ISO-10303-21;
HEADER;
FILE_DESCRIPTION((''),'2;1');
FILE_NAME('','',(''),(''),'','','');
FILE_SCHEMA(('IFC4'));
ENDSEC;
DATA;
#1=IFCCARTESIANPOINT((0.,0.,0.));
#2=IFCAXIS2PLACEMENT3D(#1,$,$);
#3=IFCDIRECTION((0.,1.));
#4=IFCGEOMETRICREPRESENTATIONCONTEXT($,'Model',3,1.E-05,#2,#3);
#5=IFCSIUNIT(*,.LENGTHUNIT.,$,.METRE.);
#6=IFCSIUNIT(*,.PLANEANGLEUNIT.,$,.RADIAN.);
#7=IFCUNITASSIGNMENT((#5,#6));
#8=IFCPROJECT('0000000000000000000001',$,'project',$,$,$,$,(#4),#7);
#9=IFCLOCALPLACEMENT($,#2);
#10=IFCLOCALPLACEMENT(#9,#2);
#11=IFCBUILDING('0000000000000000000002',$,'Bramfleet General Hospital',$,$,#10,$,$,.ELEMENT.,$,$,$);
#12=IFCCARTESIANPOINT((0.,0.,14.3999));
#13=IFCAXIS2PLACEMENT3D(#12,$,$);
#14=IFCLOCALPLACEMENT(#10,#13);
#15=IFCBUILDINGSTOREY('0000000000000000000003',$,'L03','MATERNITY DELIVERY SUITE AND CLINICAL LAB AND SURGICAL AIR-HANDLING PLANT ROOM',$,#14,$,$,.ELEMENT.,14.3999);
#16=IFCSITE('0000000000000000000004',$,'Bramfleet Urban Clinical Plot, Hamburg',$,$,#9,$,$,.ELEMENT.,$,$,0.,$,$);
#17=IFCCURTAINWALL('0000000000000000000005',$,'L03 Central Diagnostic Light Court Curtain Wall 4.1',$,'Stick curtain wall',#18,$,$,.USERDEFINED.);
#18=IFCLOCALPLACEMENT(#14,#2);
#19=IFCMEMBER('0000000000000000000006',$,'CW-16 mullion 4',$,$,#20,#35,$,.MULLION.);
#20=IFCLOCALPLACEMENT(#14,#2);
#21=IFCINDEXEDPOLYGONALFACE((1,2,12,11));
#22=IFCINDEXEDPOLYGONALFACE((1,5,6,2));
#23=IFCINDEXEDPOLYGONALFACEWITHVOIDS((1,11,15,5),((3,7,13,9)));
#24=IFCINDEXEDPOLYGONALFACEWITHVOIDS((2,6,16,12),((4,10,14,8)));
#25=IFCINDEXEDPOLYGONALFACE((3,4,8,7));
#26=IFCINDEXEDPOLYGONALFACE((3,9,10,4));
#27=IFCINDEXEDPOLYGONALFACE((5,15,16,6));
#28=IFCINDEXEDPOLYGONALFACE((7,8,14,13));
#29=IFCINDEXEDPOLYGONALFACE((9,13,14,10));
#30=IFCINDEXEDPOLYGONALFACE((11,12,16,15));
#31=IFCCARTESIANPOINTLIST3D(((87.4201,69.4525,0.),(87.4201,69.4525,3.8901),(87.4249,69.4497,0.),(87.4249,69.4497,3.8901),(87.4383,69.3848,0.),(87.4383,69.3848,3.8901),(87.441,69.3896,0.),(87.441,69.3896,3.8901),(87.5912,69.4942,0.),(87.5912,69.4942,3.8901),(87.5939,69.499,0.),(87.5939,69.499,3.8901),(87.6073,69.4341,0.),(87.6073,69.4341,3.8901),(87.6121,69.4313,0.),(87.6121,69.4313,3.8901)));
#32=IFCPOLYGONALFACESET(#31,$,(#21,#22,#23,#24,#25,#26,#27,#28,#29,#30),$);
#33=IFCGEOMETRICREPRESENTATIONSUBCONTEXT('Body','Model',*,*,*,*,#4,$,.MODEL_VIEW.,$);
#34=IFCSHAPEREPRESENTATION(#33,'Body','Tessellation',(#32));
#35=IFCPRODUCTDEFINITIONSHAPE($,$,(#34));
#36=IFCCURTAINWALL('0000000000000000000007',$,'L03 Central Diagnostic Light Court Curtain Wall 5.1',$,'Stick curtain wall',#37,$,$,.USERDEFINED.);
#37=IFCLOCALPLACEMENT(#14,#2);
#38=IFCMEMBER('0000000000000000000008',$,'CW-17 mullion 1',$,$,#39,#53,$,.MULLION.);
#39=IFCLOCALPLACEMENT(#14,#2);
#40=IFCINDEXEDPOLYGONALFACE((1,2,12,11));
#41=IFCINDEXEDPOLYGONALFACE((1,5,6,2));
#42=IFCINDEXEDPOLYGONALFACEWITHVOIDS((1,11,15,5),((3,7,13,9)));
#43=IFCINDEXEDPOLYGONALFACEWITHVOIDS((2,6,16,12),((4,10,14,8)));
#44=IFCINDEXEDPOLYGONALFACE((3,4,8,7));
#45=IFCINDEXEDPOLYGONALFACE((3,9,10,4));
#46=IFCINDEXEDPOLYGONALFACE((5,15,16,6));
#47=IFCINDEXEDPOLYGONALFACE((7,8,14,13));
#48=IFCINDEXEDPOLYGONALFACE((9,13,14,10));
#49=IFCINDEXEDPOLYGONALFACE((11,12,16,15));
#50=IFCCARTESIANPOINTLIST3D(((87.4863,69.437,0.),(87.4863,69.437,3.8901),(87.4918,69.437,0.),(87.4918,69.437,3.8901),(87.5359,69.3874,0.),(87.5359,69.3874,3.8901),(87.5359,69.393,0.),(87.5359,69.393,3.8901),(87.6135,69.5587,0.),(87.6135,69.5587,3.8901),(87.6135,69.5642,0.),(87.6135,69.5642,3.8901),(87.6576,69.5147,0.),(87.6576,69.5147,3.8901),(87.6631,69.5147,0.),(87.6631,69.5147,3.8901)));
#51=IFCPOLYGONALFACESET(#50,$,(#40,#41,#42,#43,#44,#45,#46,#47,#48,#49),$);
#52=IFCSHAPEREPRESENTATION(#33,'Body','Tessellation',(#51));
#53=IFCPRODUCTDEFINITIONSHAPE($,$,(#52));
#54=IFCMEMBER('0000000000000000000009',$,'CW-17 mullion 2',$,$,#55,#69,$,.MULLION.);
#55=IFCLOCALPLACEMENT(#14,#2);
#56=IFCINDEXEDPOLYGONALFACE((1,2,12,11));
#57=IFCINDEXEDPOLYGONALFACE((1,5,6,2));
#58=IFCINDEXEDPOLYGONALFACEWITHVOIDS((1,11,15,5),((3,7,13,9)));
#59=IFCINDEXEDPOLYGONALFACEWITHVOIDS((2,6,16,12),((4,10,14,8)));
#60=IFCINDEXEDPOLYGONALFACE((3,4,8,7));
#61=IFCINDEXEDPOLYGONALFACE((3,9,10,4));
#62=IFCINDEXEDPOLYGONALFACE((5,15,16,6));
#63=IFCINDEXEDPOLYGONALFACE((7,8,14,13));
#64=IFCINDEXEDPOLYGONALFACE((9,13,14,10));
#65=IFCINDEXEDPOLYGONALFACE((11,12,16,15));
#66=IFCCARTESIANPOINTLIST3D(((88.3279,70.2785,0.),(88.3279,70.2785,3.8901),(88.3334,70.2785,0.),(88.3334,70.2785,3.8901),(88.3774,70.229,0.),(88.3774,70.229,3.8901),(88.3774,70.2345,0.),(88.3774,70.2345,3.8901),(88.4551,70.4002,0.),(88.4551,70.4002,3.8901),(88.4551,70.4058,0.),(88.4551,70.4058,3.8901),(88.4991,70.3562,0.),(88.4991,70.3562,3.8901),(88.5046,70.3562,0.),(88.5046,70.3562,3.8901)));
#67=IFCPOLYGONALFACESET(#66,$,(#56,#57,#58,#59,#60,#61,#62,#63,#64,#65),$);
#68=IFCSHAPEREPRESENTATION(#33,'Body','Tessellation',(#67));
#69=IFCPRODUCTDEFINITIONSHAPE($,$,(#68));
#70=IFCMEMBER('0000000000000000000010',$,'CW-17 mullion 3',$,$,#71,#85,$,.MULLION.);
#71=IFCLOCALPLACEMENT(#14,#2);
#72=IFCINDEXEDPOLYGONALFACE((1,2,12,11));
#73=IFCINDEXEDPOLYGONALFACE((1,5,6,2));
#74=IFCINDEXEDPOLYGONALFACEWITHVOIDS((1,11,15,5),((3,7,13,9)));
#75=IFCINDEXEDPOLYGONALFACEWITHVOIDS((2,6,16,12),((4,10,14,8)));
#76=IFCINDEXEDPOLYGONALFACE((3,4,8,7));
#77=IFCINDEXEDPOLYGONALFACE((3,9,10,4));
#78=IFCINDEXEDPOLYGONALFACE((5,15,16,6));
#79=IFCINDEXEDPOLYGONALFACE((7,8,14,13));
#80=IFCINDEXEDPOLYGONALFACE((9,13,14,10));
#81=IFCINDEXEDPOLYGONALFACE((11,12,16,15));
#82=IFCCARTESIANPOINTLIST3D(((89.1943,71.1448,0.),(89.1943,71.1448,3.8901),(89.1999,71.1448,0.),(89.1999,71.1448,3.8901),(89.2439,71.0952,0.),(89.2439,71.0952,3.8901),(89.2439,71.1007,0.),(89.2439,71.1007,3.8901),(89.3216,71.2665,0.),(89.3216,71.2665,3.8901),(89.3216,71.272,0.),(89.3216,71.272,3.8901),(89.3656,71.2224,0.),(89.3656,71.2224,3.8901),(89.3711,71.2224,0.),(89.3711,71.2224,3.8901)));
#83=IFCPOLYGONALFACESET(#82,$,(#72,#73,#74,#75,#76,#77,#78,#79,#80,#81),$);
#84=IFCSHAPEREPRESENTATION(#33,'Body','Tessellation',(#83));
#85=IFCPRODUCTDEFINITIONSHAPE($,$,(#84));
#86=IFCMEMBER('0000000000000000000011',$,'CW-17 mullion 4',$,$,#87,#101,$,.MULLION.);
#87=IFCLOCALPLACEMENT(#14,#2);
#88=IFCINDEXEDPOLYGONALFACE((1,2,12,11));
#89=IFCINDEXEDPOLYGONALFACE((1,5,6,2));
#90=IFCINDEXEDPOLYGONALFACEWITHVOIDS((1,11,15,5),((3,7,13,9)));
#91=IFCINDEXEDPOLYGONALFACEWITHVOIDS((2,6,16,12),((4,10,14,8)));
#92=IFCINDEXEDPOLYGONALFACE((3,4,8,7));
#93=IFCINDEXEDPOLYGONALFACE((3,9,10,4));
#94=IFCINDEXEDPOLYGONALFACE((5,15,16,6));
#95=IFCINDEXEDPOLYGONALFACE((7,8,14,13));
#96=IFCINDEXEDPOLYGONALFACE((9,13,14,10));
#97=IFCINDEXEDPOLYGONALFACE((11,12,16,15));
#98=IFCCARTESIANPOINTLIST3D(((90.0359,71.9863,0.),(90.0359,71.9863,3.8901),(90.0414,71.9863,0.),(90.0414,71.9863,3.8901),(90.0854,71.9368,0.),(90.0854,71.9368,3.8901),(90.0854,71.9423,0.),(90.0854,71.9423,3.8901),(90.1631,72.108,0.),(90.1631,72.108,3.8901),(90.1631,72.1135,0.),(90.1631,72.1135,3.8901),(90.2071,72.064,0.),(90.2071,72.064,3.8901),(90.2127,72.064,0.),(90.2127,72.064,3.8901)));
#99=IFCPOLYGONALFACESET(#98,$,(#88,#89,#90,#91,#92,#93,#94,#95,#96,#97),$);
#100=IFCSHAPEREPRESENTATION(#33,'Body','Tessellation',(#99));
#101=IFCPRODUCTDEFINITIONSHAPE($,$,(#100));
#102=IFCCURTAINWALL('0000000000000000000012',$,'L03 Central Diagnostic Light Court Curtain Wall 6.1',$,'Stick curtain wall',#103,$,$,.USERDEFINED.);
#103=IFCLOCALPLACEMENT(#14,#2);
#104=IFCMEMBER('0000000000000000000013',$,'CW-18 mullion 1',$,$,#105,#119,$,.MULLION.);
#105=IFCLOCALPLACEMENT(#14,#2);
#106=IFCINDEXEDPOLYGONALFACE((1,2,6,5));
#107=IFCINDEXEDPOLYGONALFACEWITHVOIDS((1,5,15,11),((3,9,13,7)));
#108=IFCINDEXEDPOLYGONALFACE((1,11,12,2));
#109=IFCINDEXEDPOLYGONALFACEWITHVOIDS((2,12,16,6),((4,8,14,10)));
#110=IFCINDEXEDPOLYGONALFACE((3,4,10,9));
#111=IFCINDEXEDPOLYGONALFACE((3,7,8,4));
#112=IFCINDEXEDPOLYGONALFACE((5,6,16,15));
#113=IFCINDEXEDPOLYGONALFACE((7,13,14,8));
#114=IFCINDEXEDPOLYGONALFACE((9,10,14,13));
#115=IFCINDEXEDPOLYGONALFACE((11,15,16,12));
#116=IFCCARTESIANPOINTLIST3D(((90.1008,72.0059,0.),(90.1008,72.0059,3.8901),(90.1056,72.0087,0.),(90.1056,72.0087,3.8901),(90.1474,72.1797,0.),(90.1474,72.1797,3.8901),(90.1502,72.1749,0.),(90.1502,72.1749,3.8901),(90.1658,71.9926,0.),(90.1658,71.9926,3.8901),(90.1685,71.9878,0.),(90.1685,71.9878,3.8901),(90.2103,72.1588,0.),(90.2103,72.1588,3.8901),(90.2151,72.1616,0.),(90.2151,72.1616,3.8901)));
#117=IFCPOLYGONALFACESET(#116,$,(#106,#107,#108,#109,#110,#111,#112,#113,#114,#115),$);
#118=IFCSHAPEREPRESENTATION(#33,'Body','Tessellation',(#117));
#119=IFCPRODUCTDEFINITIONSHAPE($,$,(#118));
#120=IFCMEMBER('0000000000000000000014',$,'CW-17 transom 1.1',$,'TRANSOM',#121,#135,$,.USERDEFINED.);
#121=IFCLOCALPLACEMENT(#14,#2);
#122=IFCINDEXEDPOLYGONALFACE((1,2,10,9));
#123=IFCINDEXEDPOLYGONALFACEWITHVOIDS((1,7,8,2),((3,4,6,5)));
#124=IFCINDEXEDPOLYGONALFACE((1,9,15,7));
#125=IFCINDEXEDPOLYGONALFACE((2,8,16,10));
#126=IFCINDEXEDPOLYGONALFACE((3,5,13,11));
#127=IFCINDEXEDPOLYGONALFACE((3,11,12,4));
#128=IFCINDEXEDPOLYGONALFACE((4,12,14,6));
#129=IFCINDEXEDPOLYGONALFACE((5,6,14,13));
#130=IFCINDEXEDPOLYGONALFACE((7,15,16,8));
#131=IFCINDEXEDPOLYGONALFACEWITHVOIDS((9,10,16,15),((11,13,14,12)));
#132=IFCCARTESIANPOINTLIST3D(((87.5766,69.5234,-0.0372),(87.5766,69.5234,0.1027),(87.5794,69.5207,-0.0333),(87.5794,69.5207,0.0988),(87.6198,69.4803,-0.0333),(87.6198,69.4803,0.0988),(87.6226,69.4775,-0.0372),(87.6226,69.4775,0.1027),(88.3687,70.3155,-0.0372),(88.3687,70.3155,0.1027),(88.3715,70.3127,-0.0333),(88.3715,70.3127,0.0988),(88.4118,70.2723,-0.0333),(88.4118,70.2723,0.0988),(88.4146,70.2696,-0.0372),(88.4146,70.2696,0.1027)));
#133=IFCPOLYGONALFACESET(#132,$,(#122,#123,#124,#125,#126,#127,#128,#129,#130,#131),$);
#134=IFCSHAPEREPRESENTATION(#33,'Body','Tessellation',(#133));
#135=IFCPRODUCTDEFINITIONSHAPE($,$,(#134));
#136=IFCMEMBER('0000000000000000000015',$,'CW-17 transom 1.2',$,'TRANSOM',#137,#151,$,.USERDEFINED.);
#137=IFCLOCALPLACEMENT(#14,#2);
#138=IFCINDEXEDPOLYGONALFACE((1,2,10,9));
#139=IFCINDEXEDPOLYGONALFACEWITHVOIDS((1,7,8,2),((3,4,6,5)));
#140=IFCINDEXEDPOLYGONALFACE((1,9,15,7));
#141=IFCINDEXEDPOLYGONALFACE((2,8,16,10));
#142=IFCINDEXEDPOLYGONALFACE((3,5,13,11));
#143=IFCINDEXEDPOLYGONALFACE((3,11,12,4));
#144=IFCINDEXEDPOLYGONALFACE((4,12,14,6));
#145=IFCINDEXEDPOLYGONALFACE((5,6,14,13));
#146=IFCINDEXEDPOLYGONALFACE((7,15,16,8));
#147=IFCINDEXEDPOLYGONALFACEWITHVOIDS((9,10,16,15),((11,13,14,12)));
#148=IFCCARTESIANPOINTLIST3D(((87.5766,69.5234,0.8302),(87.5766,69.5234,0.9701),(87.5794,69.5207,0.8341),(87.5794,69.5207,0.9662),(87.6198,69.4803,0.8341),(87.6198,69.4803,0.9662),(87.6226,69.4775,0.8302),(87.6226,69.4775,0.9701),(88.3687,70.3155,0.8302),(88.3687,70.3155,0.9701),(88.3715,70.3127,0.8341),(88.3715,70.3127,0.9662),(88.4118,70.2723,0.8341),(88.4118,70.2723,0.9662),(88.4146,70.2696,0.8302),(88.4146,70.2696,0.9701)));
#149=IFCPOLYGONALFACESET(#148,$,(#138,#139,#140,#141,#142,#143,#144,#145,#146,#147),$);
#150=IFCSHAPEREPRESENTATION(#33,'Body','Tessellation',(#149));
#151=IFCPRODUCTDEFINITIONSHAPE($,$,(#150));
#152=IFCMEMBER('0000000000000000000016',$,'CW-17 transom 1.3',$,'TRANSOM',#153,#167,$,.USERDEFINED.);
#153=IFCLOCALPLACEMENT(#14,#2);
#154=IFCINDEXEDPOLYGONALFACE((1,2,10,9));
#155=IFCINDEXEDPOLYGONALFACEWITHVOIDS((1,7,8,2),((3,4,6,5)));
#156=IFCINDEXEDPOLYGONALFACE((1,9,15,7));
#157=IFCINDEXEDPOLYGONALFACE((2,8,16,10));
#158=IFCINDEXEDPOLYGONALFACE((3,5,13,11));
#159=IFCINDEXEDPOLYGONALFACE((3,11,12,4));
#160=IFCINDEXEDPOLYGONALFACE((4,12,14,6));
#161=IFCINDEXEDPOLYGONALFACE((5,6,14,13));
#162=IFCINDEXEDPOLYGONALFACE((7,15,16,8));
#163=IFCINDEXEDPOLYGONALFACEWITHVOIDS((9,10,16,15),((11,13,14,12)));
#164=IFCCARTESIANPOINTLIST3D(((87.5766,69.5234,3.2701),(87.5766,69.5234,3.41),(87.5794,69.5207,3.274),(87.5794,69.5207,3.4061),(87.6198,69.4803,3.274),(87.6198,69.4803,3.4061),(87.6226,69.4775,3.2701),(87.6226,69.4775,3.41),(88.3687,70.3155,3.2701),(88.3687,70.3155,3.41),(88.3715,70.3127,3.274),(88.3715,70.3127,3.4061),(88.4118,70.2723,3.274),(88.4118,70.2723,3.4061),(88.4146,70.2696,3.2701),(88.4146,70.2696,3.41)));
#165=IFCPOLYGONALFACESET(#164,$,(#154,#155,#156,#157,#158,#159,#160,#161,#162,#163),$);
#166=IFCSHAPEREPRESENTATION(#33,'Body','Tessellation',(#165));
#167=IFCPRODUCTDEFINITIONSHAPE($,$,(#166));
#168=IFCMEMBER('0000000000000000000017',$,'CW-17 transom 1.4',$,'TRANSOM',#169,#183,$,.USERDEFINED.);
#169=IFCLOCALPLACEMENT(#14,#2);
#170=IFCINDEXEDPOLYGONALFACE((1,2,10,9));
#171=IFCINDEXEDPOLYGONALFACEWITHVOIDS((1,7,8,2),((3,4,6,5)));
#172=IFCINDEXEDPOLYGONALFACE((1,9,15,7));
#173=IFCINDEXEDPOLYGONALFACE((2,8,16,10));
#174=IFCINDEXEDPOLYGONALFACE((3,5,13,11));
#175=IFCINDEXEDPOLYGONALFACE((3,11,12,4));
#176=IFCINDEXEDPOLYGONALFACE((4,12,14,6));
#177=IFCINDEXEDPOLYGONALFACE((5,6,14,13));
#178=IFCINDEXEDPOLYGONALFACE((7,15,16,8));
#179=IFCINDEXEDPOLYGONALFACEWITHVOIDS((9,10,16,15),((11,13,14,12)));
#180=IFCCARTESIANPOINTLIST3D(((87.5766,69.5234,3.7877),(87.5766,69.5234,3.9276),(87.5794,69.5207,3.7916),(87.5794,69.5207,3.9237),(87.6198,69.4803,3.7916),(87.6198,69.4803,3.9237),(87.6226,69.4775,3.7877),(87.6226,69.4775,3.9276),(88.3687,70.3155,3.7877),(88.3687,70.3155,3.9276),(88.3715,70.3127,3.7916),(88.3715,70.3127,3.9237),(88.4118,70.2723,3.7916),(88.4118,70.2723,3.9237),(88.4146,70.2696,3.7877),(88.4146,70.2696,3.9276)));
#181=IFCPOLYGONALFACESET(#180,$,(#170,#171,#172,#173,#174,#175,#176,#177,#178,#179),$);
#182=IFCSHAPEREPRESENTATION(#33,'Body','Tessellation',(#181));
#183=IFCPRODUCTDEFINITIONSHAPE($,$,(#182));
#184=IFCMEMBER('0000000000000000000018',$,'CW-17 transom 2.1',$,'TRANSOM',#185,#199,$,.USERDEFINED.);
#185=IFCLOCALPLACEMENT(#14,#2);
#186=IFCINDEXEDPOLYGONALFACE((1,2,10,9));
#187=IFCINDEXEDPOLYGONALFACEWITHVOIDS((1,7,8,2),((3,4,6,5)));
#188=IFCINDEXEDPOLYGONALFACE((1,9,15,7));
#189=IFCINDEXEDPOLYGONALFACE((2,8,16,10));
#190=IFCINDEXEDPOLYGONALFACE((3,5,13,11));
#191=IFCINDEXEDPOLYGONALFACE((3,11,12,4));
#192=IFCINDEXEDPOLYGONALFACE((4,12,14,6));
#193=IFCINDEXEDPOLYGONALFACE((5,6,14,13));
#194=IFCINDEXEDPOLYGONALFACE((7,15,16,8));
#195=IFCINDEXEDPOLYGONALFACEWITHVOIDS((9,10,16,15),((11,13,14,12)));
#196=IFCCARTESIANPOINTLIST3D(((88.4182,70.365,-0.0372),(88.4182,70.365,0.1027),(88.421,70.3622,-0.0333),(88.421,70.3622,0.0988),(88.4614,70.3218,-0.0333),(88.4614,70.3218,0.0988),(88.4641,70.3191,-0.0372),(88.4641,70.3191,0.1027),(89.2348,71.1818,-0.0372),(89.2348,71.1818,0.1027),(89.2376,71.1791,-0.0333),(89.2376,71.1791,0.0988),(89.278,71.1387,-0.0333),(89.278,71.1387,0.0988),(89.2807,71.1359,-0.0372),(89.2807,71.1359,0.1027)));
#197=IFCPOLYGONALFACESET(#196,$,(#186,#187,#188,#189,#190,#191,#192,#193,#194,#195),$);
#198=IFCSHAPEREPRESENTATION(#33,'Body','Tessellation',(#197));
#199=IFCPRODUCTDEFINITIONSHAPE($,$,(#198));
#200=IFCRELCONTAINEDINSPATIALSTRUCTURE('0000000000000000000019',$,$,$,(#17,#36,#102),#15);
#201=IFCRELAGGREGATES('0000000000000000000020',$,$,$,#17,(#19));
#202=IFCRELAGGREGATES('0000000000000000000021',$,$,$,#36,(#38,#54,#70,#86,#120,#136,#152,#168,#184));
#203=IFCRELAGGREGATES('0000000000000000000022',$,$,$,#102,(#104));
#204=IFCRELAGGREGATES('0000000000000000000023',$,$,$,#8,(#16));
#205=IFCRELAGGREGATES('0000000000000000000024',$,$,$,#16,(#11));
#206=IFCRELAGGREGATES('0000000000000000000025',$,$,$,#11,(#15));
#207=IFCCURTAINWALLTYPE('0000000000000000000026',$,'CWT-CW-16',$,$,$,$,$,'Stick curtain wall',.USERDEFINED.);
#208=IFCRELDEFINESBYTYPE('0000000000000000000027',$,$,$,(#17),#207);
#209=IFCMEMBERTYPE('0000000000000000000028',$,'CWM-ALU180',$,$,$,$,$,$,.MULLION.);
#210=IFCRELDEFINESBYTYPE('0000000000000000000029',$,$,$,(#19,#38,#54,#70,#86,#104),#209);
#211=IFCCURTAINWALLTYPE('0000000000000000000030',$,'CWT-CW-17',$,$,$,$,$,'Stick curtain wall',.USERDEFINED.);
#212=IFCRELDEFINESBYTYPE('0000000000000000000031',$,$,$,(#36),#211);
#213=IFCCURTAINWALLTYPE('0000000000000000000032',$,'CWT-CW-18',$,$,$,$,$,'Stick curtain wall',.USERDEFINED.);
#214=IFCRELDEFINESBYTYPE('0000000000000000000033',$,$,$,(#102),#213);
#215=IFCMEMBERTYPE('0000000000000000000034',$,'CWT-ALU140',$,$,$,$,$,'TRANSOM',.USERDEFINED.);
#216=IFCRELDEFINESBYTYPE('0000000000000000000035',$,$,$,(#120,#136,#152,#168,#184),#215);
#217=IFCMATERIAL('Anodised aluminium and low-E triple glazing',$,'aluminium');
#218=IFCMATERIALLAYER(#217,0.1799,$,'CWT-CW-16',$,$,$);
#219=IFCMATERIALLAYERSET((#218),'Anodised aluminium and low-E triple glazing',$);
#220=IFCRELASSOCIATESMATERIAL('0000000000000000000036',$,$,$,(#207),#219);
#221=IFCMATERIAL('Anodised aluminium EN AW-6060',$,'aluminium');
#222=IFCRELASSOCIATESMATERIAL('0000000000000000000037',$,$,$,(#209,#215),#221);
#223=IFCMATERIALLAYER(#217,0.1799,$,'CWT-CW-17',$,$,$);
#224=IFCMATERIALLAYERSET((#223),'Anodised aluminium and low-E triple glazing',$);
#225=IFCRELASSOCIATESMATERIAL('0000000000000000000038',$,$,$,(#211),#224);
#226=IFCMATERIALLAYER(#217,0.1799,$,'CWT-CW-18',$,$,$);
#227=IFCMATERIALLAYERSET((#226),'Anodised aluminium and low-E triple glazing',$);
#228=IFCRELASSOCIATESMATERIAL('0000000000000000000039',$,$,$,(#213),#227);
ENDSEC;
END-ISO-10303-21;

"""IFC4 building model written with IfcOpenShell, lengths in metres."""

from ifc_helpers import new_model, si_unit, direction, frame, origin, origin_2d, place, context, subcontext, project, spatial, hollow_rectangle, extrude, material, layer, layer_set, material_profile, profile_set, type_object, element, aggregate, save


model = new_model("IFC4")

# Units and contexts
model_context = context("Model", 3, precision=1e-05, world=origin(), true_north=direction((0.0, 1.0)))
body_context = subcontext(model_context, "Body", "Model", "MODEL_VIEW")
ifc_project = project(units=[si_unit("LENGTHUNIT", "METRE"), si_unit("PLANEANGLEUNIT", "RADIAN")], contexts=[model_context])

# Site, building, storey
site_placement = place(None, origin())
site = spatial("IfcSite", under=ifc_project, at=site_placement, Name="Bramfleet Urban Clinical Plot, Hamburg", CompositionType="ELEMENT", RefElevation=0.0)
building_placement = place(site_placement, origin())
building = spatial("IfcBuilding", under=site, at=building_placement, Name="Bramfleet General Hospital", CompositionType="ELEMENT")
storey_placement = place(building_placement, frame((0.0, 0.0, 14.3999)))
storey = spatial("IfcBuildingStorey", under=building, at=storey_placement, Name="L03", Description="MATERNITY DELIVERY SUITE AND CLINICAL LAB AND SURGICAL AIR-HANDLING PLANT ROOM", CompositionType="ELEMENT", Elevation=14.3999)

# Curtain wall, member
ifc_material_1 = material(Name="Anodised aluminium and low-E triple glazing", Category="aluminium")
ifc_layer_1 = layer(ifc_material_1, 0.1799, Name="CWT-CW-16")
ifc_layer_set_1 = layer_set([ifc_layer_1], Name="Anodised aluminium and low-E triple glazing")
curtain_wall_type_1 = type_object("IfcCurtainWallType", Name="CWT-CW-16", ElementType="Stick curtain wall", PredefinedType="USERDEFINED", material=ifc_layer_set_1)
curtain_wall_1_placement = place(storey_placement, origin())
curtain_wall_1 = element("IfcCurtainWall", 1, at=curtain_wall_1_placement, inside=storey, type_object=curtain_wall_type_1, Name="L03 Central Diagnostic Light Court Curtain Wall 4.1", ObjectType="Stick curtain wall", PredefinedType="USERDEFINED")
ifc_material_2 = material(Name="Anodised aluminium EN AW-6060", Category="aluminium")
ifc_material_profile_1 = material_profile(ifc_material_2, hollow_rectangle(XDim=0.0701, YDim=0.1799, WallThickness=0.0039, at=origin_2d()), Name="ALU 180x70x4.0")
ifc_profile_set_1 = profile_set([ifc_material_profile_1], Name="Anodised aluminium EN AW-6060")
member_type_1 = type_object("IfcMemberType", Name="CWM-ALU180", PredefinedType="MULLION", material=ifc_profile_set_1)
member_1_placement = place(storey_placement, frame((87.5161, 69.4419, 0.0), z_axis=(0.0, 0.0, 1.0), x_axis=(-0.258763, 0.965941, 0.0)))
member_1 = element("IfcMember", 2, at=member_1_placement, type_object=member_type_1, Name="CW-16 mullion 4", PredefinedType="MULLION", context=body_context, shape_type="SweptSolid", body=[
    extrude(hollow_rectangle(XDim=0.0701, YDim=0.1799, WallThickness=0.0039, at=origin_2d()), origin(), (0.0, 0.0, 1.0), 3.8901),
])
aggregate(curtain_wall_1, [member_1])

# Curtain wall, members
ifc_layer_2 = layer(ifc_material_1, 0.1799, Name="CWT-CW-17")
ifc_layer_set_2 = layer_set([ifc_layer_2], Name="Anodised aluminium and low-E triple glazing")
curtain_wall_type_2 = type_object("IfcCurtainWallType", Name="CWT-CW-17", ElementType="Stick curtain wall", PredefinedType="USERDEFINED", material=ifc_layer_set_2)
curtain_wall_2_placement = place(storey_placement, origin())
curtain_wall_2 = element("IfcCurtainWall", 3, at=curtain_wall_2_placement, inside=storey, type_object=curtain_wall_type_2, Name="L03 Central Diagnostic Light Court Curtain Wall 5.1", ObjectType="Stick curtain wall", PredefinedType="USERDEFINED")
member_2_placement = place(storey_placement, frame((87.5747, 69.4758, 0.0), z_axis=(0.0, 0.0, 1.0), x_axis=(-0.707107, 0.707107, 0.0)))
member_2 = element("IfcMember", 4, at=member_2_placement, type_object=member_type_1, Name="CW-17 mullion 1", PredefinedType="MULLION", context=body_context, shape_type="SweptSolid", body=[
    extrude(hollow_rectangle(XDim=0.0701, YDim=0.1799, WallThickness=0.0039, at=origin_2d()), origin(), (0.0, 0.0, 1.0), 3.8901),
])
member_3_placement = place(storey_placement, frame((88.4163, 70.3174, 0.0), z_axis=(0.0, 0.0, 1.0), x_axis=(-0.707107, 0.707107, 0.0)))
member_3 = element("IfcMember", 5, at=member_3_placement, type_object=member_type_1, Name="CW-17 mullion 2", PredefinedType="MULLION", context=body_context, shape_type="SweptSolid", body=[
    extrude(hollow_rectangle(XDim=0.0701, YDim=0.1799, WallThickness=0.0039, at=origin_2d()), origin(), (0.0, 0.0, 1.0), 3.8901),
])
member_4_placement = place(storey_placement, frame((89.2827, 71.1836, 0.0), z_axis=(0.0, 0.0, 1.0), x_axis=(-0.707107, 0.707107, 0.0)))
member_4 = element("IfcMember", 6, at=member_4_placement, type_object=member_type_1, Name="CW-17 mullion 3", PredefinedType="MULLION", context=body_context, shape_type="SweptSolid", body=[
    extrude(hollow_rectangle(XDim=0.0701, YDim=0.1799, WallThickness=0.0039, at=origin_2d()), origin(), (0.0, 0.0, 1.0), 3.8901),
])
member_5_placement = place(storey_placement, frame((90.1243, 72.0251, 0.0), z_axis=(0.0, 0.0, 1.0), x_axis=(-0.707107, 0.707107, 0.0)))
member_5 = element("IfcMember", 7, at=member_5_placement, type_object=member_type_1, Name="CW-17 mullion 4", PredefinedType="MULLION", context=body_context, shape_type="SweptSolid", body=[
    extrude(hollow_rectangle(XDim=0.0701, YDim=0.1799, WallThickness=0.0039, at=origin_2d()), origin(), (0.0, 0.0, 1.0), 3.8901),
])

# Curtain wall, member
ifc_layer_3 = layer(ifc_material_1, 0.1799, Name="CWT-CW-18")
ifc_layer_set_3 = layer_set([ifc_layer_3], Name="Anodised aluminium and low-E triple glazing")
curtain_wall_type_3 = type_object("IfcCurtainWallType", Name="CWT-CW-18", ElementType="Stick curtain wall", PredefinedType="USERDEFINED", material=ifc_layer_set_3)
curtain_wall_3_placement = place(storey_placement, origin())
curtain_wall_3 = element("IfcCurtainWall", 8, at=curtain_wall_3_placement, inside=storey, type_object=curtain_wall_type_3, Name="L03 Central Diagnostic Light Court Curtain Wall 6.1", ObjectType="Stick curtain wall", PredefinedType="USERDEFINED")
member_6_placement = place(storey_placement, frame((90.158, 72.0837, 0.0), z_axis=(0.0, 0.0, 1.0), x_axis=(-0.965941, 0.258763, 0.0)))
member_6 = element("IfcMember", 9, at=member_6_placement, type_object=member_type_1, Name="CW-18 mullion 1", PredefinedType="MULLION", context=body_context, shape_type="SweptSolid", body=[
    extrude(hollow_rectangle(XDim=0.0701, YDim=0.1799, WallThickness=0.0039, at=origin_2d()), origin(), (0.0, 0.0, 1.0), 3.8901),
])

# Members
ifc_material_profile_2 = material_profile(ifc_material_2, hollow_rectangle(XDim=0.0649, YDim=0.1399, WallThickness=0.0039, at=origin_2d()), Name="ALU 140x65x4.0")
ifc_profile_set_2 = profile_set([ifc_material_profile_2], Name="Anodised aluminium EN AW-6060")
member_type_2 = type_object("IfcMemberType", Name="CWT-ALU140", ElementType="TRANSOM", PredefinedType="USERDEFINED", material=ifc_profile_set_2)
member_7_placement = place(storey_placement, frame((87.5996, 69.5005, 0.0327), z_axis=(0.707107, 0.707107, 0.0), x_axis=(-0.707107, 0.707107, 0.0)))
member_7 = element("IfcMember", 10, at=member_7_placement, type_object=member_type_2, Name="CW-17 transom 1.1", ObjectType="TRANSOM", PredefinedType="USERDEFINED", context=body_context, shape_type="SweptSolid", body=[
    extrude(hollow_rectangle(XDim=0.0649, YDim=0.1399, WallThickness=0.0039, at=origin_2d()), origin(), (0.0, 0.0, 1.0), 1.1201),
])
member_8_placement = place(storey_placement, frame((87.5996, 69.5005, 0.9001), z_axis=(0.707107, 0.707107, 0.0), x_axis=(-0.707107, 0.707107, 0.0)))
member_8 = element("IfcMember", 11, at=member_8_placement, type_object=member_type_2, Name="CW-17 transom 1.2", ObjectType="TRANSOM", PredefinedType="USERDEFINED", context=body_context, shape_type="SweptSolid", body=[
    extrude(hollow_rectangle(XDim=0.0649, YDim=0.1399, WallThickness=0.0039, at=origin_2d()), origin(), (0.0, 0.0, 1.0), 1.1201),
])
member_9_placement = place(storey_placement, frame((87.5996, 69.5005, 3.3401), z_axis=(0.707107, 0.707107, 0.0), x_axis=(-0.707107, 0.707107, 0.0)))
member_9 = element("IfcMember", 12, at=member_9_placement, type_object=member_type_2, Name="CW-17 transom 1.3", ObjectType="TRANSOM", PredefinedType="USERDEFINED", context=body_context, shape_type="SweptSolid", body=[
    extrude(hollow_rectangle(XDim=0.0649, YDim=0.1399, WallThickness=0.0039, at=origin_2d()), origin(), (0.0, 0.0, 1.0), 1.1201),
])
member_10_placement = place(storey_placement, frame((87.5996, 69.5005, 3.8577), z_axis=(0.707107, 0.707107, 0.0), x_axis=(-0.707107, 0.707107, 0.0)))
member_10 = element("IfcMember", 13, at=member_10_placement, type_object=member_type_2, Name="CW-17 transom 1.4", ObjectType="TRANSOM", PredefinedType="USERDEFINED", context=body_context, shape_type="SweptSolid", body=[
    extrude(hollow_rectangle(XDim=0.0649, YDim=0.1399, WallThickness=0.0039, at=origin_2d()), origin(), (0.0, 0.0, 1.0), 1.1201),
])
member_11_placement = place(storey_placement, frame((88.4412, 70.342, 0.0327), z_axis=(0.707001, 0.707212, 0.0), x_axis=(-0.707212, 0.707001, 0.0)))
member_11 = element("IfcMember", 14, at=member_11_placement, type_object=member_type_2, Name="CW-17 transom 2.1", ObjectType="TRANSOM", PredefinedType="USERDEFINED", context=body_context, shape_type="SweptSolid", body=[
    extrude(hollow_rectangle(XDim=0.0649, YDim=0.1399, WallThickness=0.0039, at=origin_2d()), origin(), (0.0, 0.0, 1.0), 1.155),
])

aggregate(curtain_wall_2, [member_2, member_3, member_4, member_5, member_7, member_8, member_9, member_10, member_11])
aggregate(curtain_wall_3, [member_6])

save(model, "model.ifc")
